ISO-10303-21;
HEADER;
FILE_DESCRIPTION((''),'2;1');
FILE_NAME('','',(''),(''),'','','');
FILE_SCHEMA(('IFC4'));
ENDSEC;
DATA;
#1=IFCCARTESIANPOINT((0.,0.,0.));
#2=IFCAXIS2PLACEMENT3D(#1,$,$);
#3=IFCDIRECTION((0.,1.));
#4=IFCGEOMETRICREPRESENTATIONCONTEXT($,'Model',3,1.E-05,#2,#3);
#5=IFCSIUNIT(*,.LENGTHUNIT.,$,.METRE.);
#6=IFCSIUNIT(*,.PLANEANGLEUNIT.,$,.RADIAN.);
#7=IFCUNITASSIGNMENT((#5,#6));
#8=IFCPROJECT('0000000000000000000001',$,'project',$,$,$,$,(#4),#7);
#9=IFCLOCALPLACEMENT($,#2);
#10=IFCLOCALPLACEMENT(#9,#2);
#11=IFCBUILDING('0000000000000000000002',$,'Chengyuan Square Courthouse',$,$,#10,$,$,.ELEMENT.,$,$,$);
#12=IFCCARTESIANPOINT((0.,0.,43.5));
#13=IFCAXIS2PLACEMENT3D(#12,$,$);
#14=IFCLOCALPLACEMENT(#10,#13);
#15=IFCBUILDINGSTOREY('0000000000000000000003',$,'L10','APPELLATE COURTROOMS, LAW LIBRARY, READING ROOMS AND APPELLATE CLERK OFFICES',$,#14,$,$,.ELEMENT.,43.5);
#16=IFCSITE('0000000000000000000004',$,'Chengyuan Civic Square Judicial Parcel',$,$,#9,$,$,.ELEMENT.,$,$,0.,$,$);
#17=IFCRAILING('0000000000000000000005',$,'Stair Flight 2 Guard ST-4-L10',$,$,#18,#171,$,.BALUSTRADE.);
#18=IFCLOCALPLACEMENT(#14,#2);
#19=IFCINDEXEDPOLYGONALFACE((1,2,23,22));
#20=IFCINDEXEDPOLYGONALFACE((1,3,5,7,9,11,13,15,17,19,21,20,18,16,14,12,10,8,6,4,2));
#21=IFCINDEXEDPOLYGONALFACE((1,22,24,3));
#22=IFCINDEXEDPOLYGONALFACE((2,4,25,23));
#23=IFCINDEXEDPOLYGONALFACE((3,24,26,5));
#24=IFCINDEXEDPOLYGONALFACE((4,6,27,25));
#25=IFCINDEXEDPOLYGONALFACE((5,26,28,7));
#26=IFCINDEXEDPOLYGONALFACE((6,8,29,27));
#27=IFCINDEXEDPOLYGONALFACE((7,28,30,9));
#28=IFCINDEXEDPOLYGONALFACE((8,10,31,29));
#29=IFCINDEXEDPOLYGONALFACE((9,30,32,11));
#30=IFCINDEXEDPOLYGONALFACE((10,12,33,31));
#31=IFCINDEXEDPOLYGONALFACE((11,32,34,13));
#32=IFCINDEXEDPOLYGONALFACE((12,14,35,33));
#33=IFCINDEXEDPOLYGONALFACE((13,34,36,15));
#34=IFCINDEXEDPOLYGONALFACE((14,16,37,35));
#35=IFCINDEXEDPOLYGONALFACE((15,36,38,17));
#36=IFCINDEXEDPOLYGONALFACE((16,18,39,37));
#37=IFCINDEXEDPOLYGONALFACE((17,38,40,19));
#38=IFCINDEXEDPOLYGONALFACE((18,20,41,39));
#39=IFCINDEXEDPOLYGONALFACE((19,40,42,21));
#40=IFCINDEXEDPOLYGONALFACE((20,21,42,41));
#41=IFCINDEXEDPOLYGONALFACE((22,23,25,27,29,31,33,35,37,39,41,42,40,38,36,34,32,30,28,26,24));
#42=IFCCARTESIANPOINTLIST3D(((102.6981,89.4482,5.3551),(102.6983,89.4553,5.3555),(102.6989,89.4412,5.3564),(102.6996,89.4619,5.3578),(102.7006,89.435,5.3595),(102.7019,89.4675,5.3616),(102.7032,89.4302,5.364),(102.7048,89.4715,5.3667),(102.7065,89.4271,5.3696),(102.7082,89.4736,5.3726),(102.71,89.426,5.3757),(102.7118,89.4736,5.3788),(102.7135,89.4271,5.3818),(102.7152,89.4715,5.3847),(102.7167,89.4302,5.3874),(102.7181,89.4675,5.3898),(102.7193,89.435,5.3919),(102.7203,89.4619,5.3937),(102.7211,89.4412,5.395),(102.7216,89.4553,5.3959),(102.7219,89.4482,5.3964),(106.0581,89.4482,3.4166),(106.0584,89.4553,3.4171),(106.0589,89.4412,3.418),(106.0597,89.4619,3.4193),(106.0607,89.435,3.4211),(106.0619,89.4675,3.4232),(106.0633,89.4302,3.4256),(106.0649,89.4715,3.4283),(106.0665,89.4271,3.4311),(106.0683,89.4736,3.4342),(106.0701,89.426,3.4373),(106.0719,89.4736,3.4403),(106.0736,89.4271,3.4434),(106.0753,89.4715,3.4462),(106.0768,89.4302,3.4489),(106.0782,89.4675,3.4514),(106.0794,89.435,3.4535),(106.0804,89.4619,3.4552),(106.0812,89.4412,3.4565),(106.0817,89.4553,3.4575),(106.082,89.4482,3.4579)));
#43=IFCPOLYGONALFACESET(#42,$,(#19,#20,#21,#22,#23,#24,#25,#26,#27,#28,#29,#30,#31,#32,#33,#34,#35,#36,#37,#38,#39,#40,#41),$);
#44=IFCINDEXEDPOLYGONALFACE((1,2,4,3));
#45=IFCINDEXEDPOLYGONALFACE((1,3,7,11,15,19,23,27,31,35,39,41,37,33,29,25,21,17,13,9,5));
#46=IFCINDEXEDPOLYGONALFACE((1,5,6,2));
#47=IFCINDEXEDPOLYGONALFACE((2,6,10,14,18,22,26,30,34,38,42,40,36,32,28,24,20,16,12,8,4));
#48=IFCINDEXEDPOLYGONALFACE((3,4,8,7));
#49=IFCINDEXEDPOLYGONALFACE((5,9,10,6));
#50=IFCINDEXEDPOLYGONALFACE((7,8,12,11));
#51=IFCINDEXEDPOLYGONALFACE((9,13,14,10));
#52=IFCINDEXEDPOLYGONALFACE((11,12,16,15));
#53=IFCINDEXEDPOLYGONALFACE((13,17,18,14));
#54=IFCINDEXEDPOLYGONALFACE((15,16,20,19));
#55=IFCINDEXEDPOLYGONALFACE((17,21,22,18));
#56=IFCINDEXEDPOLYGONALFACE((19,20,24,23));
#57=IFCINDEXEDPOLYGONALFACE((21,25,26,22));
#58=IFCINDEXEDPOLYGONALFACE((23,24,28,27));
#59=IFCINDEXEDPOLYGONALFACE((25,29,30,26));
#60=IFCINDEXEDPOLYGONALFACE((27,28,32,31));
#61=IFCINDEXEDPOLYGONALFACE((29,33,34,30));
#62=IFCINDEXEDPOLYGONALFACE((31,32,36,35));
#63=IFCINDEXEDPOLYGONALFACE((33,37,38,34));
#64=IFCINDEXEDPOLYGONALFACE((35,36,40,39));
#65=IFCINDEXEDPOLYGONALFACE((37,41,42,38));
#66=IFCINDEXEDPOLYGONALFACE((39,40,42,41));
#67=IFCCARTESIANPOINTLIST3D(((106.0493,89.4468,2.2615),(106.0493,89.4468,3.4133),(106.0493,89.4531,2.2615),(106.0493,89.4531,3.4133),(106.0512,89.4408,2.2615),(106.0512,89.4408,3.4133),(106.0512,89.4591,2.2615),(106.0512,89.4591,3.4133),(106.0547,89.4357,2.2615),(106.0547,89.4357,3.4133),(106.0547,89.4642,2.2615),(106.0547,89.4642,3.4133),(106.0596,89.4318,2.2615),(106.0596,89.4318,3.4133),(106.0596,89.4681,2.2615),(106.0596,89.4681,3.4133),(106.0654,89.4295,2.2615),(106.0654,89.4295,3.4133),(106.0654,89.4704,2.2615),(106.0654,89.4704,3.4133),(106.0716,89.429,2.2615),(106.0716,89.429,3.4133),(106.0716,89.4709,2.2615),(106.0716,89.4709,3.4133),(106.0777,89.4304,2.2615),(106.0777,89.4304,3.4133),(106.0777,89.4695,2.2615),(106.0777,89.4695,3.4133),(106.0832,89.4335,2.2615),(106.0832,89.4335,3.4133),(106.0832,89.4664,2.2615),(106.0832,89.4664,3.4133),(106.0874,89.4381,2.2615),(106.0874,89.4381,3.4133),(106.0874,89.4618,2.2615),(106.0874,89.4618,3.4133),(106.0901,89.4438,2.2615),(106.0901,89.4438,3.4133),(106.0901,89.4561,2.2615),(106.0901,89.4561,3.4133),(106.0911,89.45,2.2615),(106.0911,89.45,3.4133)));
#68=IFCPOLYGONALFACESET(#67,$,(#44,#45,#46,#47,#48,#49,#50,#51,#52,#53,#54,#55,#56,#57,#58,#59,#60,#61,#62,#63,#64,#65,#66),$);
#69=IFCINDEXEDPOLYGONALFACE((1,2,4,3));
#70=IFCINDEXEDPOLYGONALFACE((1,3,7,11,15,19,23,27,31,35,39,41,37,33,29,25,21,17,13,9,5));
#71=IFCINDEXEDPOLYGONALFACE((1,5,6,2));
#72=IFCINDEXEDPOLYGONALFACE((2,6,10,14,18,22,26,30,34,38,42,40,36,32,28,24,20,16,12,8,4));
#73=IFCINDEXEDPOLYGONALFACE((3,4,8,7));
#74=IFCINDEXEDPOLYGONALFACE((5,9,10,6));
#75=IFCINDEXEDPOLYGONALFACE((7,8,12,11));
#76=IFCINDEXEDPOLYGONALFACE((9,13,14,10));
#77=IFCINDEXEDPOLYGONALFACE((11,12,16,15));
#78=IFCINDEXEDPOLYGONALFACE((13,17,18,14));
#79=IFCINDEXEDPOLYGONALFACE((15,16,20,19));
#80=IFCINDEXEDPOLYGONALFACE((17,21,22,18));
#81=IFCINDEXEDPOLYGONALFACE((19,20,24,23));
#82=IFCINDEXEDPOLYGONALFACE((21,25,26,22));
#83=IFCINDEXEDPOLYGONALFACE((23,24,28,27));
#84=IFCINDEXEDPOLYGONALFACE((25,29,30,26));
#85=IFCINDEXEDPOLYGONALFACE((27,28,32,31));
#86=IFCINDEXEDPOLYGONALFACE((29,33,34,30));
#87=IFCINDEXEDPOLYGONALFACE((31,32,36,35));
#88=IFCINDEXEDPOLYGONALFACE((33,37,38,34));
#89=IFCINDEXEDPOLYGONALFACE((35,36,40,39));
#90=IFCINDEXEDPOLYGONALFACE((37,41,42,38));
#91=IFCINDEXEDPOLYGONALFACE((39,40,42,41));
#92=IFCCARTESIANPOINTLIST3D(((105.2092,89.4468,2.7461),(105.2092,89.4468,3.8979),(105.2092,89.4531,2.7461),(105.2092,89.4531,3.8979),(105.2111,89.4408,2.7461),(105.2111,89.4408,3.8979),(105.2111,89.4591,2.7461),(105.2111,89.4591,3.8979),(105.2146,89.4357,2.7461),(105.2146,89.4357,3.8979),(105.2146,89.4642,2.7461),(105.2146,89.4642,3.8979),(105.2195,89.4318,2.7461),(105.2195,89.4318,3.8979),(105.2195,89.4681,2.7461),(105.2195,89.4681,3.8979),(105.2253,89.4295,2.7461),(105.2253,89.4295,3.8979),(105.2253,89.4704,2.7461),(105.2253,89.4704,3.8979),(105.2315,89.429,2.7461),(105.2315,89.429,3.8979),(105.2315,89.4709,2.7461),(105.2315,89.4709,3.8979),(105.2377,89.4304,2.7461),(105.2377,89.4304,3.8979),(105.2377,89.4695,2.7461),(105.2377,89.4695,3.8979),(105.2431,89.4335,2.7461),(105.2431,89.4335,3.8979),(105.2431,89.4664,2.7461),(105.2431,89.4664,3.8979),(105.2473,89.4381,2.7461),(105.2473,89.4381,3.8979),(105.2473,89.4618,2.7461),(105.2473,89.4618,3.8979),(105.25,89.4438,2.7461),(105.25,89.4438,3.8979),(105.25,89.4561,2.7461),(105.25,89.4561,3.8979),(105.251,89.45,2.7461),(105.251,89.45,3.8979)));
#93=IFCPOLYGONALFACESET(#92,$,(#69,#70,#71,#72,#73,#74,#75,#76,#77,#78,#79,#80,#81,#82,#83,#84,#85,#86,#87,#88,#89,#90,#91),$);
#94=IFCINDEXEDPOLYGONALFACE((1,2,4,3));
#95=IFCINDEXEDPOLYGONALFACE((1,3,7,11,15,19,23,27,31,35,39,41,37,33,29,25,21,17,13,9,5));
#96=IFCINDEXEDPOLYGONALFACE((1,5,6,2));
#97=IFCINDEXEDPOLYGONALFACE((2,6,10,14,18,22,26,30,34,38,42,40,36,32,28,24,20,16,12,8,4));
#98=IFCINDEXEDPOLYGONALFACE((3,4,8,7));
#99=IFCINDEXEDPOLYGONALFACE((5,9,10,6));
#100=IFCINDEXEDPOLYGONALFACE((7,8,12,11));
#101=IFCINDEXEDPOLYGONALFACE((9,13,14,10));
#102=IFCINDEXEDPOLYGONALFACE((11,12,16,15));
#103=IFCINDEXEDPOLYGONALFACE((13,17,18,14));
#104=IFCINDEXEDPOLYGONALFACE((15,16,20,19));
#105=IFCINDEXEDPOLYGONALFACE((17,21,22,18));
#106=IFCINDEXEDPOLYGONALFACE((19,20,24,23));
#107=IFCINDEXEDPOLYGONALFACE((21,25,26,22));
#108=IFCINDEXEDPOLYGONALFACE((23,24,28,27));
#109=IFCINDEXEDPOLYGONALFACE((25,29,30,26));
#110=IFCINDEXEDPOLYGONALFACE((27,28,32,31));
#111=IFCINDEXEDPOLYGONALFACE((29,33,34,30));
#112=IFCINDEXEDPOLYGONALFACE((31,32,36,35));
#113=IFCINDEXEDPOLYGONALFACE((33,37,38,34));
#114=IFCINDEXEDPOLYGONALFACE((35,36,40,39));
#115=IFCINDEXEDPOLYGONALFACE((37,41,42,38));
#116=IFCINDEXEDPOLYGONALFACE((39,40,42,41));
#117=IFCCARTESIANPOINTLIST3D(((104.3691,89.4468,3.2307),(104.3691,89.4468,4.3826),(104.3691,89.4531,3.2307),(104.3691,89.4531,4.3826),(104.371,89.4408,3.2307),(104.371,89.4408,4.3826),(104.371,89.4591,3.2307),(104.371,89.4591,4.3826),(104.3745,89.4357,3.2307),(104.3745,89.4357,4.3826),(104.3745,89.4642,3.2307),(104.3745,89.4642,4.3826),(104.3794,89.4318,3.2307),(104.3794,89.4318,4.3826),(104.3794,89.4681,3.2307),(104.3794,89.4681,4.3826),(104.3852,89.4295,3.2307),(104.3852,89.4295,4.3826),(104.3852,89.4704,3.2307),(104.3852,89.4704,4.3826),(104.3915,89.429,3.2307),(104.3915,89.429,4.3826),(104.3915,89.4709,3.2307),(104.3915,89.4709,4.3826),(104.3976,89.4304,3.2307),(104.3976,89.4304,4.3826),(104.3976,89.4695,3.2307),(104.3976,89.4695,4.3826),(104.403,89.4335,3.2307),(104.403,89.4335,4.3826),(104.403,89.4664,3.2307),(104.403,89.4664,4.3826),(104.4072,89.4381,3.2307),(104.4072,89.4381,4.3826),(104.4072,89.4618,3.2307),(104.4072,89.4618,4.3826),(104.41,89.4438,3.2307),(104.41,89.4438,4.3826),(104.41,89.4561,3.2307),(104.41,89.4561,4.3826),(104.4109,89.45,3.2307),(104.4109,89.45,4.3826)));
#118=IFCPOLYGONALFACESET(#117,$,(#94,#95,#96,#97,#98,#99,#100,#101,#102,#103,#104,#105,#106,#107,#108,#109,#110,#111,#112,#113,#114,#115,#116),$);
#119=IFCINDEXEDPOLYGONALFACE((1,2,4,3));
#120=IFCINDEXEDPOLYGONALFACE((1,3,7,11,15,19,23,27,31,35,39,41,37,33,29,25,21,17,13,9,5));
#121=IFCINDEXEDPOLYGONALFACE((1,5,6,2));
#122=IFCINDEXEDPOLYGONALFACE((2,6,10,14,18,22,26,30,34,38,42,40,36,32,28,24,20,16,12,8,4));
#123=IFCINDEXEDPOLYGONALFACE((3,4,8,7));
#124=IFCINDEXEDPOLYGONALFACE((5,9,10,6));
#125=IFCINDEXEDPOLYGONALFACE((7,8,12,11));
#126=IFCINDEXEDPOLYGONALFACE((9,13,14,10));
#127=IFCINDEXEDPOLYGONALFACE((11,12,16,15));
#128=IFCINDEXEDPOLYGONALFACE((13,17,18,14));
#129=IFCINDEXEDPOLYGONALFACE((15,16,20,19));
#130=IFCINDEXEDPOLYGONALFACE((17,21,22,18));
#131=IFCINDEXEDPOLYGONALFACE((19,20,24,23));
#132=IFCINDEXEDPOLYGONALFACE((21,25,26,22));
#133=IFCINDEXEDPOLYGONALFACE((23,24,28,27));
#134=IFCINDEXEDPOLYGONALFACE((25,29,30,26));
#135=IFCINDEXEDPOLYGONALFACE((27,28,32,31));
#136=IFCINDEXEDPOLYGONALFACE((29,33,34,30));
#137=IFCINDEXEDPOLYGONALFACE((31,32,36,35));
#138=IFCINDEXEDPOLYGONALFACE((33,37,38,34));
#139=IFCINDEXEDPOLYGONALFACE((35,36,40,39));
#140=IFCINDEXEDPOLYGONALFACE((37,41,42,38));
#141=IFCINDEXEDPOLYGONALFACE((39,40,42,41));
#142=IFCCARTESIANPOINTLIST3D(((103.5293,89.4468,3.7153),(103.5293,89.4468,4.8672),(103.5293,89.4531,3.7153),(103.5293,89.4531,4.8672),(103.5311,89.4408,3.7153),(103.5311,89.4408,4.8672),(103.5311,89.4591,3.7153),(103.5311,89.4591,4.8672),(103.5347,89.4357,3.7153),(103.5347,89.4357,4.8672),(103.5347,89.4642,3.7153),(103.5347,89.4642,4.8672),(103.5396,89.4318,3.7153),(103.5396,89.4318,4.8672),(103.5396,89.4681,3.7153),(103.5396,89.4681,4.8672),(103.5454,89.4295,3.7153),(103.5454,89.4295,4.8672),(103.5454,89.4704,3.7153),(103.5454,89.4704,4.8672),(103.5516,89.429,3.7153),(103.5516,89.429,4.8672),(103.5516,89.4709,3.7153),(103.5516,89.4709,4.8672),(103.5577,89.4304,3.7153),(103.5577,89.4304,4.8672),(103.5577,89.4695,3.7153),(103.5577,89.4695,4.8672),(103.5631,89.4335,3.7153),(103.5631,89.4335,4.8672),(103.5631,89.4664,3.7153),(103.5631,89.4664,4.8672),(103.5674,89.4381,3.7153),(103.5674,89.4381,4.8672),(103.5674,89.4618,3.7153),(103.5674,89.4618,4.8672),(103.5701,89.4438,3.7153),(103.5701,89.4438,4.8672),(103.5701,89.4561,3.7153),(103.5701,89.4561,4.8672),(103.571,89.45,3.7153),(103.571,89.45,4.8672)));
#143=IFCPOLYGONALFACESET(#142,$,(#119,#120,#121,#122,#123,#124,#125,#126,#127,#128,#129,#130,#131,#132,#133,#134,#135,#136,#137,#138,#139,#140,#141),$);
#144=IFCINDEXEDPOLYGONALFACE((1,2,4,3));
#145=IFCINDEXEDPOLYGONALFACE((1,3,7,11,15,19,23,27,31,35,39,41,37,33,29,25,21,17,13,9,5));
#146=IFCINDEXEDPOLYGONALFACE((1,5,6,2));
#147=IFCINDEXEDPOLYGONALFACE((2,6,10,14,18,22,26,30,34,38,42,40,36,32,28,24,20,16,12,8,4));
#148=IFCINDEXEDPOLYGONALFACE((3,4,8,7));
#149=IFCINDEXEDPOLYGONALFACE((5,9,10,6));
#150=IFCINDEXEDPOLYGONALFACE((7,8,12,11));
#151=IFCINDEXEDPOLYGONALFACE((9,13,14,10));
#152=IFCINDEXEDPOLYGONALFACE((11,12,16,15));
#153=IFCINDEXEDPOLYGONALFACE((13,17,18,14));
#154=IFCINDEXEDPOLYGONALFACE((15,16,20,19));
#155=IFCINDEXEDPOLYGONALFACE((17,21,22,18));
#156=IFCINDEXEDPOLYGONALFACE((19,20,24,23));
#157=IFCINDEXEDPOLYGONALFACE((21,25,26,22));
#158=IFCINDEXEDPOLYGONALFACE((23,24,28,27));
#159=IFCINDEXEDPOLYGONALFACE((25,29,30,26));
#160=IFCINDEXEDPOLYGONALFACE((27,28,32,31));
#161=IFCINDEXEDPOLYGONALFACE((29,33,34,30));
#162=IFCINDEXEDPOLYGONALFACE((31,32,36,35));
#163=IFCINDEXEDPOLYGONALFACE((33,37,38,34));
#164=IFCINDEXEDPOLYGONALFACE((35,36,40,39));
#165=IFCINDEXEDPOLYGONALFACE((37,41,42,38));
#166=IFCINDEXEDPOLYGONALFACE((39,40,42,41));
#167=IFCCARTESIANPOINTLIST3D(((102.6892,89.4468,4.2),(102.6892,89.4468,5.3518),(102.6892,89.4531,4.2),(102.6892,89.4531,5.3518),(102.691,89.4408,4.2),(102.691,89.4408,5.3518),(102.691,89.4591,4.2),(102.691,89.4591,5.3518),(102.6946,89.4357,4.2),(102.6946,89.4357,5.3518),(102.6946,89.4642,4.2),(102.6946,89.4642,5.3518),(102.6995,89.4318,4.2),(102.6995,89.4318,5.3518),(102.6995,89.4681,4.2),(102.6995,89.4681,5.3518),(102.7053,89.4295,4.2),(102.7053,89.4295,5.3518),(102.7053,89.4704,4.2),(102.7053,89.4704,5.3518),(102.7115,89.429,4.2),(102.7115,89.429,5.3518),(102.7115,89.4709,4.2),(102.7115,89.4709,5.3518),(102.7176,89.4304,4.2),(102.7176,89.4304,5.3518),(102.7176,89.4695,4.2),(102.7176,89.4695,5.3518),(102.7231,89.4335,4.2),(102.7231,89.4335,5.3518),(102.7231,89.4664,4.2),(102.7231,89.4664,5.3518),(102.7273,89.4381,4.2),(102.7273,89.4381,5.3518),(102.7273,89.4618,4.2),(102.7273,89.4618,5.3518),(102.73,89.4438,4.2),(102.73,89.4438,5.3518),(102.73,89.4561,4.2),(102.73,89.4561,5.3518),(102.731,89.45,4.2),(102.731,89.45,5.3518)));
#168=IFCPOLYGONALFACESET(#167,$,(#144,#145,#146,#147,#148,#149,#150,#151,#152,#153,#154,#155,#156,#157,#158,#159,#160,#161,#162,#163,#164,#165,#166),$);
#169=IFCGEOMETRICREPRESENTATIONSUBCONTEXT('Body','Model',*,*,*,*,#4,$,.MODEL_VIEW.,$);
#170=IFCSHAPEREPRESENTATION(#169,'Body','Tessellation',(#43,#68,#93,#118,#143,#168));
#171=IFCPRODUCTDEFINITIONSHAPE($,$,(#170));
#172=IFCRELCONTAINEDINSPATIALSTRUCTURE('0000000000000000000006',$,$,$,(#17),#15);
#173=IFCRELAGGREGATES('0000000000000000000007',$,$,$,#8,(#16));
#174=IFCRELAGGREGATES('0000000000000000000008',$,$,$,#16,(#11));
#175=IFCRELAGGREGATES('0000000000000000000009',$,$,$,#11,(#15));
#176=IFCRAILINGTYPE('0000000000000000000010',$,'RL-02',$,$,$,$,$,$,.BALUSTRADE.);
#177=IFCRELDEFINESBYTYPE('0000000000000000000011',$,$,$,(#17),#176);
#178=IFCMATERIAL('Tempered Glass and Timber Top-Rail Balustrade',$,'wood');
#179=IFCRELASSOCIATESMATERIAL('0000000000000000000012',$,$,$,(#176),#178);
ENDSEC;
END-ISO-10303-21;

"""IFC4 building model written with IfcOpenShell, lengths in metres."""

from ifc_helpers import new_model, si_unit, direction, frame, origin, origin_2d, place, context, subcontext, project, spatial, circle, extrude, material, type_object, element, save


model = new_model("IFC4")

# Units and contexts
model_context = context("Model", 3, precision=1e-05, world=origin(), true_north=direction((0.0, 1.0)))
body_context = subcontext(model_context, "Body", "Model", "MODEL_VIEW")
ifc_project = project(units=[si_unit("LENGTHUNIT", "METRE"), si_unit("PLANEANGLEUNIT", "RADIAN")], contexts=[model_context])

# Site, building, storey
site_placement = place(None, origin())
site = spatial("IfcSite", under=ifc_project, at=site_placement, Name="Chengyuan Civic Square Judicial Parcel", CompositionType="ELEMENT", RefElevation=0.0)
building_placement = place(site_placement, origin())
building = spatial("IfcBuilding", under=site, at=building_placement, Name="Chengyuan Square Courthouse", CompositionType="ELEMENT")
storey_placement = place(building_placement, frame((0.0, 0.0, 43.5)))
storey = spatial("IfcBuildingStorey", under=building, at=storey_placement, Name="L10", Description="APPELLATE COURTROOMS, LAW LIBRARY, READING ROOMS AND APPELLATE CLERK OFFICES", CompositionType="ELEMENT", Elevation=43.5)

# Railing
ifc_material_1 = material(Name="Tempered Glass and Timber Top-Rail Balustrade", Category="wood")
railing_type_1 = type_object("IfcRailingType", Name="RL-02", PredefinedType="BALUSTRADE", material=ifc_material_1)
railing_1_placement = place(storey_placement, frame((106.0701, 89.45, 2.2615)))
element("IfcRailing", 1, at=railing_1_placement, inside=storey, type_object=railing_type_1, Name="Stair Flight 2 Guard ST-4-L10", PredefinedType="BALUSTRADE", context=body_context, shape_type="SweptSolid", body=[
    extrude(circle(Radius=0.0239, at=origin_2d()), frame((0.0, 0.0, 1.1758), z_axis=(-0.866191, 0.0, 0.499713), x_axis=(0.0, -1.0, 0.0)), (0.0, 0.0, 1.0), 3.8792),
    extrude(circle(Radius=0.021, at=origin_2d()), origin(), (0.0, 0.0, 1.0), 1.1519),
    extrude(circle(Radius=0.021, at=origin_2d()), frame((-0.8401, 0.0, 0.4846)), (0.0, 0.0, 1.0), 1.1519),
    extrude(circle(Radius=0.021, at=origin_2d()), frame((-1.6802, 0.0, 0.9692)), (0.0, 0.0, 1.0), 1.1519),
    extrude(circle(Radius=0.021, at=origin_2d()), frame((-2.52, 0.0, 1.4539)), (0.0, 0.0, 1.0), 1.1519),
    extrude(circle(Radius=0.021, at=origin_2d()), frame((-3.3601, 0.0, 1.9385)), (0.0, 0.0, 1.0), 1.1519),
])

save(model, "model.ifc")
